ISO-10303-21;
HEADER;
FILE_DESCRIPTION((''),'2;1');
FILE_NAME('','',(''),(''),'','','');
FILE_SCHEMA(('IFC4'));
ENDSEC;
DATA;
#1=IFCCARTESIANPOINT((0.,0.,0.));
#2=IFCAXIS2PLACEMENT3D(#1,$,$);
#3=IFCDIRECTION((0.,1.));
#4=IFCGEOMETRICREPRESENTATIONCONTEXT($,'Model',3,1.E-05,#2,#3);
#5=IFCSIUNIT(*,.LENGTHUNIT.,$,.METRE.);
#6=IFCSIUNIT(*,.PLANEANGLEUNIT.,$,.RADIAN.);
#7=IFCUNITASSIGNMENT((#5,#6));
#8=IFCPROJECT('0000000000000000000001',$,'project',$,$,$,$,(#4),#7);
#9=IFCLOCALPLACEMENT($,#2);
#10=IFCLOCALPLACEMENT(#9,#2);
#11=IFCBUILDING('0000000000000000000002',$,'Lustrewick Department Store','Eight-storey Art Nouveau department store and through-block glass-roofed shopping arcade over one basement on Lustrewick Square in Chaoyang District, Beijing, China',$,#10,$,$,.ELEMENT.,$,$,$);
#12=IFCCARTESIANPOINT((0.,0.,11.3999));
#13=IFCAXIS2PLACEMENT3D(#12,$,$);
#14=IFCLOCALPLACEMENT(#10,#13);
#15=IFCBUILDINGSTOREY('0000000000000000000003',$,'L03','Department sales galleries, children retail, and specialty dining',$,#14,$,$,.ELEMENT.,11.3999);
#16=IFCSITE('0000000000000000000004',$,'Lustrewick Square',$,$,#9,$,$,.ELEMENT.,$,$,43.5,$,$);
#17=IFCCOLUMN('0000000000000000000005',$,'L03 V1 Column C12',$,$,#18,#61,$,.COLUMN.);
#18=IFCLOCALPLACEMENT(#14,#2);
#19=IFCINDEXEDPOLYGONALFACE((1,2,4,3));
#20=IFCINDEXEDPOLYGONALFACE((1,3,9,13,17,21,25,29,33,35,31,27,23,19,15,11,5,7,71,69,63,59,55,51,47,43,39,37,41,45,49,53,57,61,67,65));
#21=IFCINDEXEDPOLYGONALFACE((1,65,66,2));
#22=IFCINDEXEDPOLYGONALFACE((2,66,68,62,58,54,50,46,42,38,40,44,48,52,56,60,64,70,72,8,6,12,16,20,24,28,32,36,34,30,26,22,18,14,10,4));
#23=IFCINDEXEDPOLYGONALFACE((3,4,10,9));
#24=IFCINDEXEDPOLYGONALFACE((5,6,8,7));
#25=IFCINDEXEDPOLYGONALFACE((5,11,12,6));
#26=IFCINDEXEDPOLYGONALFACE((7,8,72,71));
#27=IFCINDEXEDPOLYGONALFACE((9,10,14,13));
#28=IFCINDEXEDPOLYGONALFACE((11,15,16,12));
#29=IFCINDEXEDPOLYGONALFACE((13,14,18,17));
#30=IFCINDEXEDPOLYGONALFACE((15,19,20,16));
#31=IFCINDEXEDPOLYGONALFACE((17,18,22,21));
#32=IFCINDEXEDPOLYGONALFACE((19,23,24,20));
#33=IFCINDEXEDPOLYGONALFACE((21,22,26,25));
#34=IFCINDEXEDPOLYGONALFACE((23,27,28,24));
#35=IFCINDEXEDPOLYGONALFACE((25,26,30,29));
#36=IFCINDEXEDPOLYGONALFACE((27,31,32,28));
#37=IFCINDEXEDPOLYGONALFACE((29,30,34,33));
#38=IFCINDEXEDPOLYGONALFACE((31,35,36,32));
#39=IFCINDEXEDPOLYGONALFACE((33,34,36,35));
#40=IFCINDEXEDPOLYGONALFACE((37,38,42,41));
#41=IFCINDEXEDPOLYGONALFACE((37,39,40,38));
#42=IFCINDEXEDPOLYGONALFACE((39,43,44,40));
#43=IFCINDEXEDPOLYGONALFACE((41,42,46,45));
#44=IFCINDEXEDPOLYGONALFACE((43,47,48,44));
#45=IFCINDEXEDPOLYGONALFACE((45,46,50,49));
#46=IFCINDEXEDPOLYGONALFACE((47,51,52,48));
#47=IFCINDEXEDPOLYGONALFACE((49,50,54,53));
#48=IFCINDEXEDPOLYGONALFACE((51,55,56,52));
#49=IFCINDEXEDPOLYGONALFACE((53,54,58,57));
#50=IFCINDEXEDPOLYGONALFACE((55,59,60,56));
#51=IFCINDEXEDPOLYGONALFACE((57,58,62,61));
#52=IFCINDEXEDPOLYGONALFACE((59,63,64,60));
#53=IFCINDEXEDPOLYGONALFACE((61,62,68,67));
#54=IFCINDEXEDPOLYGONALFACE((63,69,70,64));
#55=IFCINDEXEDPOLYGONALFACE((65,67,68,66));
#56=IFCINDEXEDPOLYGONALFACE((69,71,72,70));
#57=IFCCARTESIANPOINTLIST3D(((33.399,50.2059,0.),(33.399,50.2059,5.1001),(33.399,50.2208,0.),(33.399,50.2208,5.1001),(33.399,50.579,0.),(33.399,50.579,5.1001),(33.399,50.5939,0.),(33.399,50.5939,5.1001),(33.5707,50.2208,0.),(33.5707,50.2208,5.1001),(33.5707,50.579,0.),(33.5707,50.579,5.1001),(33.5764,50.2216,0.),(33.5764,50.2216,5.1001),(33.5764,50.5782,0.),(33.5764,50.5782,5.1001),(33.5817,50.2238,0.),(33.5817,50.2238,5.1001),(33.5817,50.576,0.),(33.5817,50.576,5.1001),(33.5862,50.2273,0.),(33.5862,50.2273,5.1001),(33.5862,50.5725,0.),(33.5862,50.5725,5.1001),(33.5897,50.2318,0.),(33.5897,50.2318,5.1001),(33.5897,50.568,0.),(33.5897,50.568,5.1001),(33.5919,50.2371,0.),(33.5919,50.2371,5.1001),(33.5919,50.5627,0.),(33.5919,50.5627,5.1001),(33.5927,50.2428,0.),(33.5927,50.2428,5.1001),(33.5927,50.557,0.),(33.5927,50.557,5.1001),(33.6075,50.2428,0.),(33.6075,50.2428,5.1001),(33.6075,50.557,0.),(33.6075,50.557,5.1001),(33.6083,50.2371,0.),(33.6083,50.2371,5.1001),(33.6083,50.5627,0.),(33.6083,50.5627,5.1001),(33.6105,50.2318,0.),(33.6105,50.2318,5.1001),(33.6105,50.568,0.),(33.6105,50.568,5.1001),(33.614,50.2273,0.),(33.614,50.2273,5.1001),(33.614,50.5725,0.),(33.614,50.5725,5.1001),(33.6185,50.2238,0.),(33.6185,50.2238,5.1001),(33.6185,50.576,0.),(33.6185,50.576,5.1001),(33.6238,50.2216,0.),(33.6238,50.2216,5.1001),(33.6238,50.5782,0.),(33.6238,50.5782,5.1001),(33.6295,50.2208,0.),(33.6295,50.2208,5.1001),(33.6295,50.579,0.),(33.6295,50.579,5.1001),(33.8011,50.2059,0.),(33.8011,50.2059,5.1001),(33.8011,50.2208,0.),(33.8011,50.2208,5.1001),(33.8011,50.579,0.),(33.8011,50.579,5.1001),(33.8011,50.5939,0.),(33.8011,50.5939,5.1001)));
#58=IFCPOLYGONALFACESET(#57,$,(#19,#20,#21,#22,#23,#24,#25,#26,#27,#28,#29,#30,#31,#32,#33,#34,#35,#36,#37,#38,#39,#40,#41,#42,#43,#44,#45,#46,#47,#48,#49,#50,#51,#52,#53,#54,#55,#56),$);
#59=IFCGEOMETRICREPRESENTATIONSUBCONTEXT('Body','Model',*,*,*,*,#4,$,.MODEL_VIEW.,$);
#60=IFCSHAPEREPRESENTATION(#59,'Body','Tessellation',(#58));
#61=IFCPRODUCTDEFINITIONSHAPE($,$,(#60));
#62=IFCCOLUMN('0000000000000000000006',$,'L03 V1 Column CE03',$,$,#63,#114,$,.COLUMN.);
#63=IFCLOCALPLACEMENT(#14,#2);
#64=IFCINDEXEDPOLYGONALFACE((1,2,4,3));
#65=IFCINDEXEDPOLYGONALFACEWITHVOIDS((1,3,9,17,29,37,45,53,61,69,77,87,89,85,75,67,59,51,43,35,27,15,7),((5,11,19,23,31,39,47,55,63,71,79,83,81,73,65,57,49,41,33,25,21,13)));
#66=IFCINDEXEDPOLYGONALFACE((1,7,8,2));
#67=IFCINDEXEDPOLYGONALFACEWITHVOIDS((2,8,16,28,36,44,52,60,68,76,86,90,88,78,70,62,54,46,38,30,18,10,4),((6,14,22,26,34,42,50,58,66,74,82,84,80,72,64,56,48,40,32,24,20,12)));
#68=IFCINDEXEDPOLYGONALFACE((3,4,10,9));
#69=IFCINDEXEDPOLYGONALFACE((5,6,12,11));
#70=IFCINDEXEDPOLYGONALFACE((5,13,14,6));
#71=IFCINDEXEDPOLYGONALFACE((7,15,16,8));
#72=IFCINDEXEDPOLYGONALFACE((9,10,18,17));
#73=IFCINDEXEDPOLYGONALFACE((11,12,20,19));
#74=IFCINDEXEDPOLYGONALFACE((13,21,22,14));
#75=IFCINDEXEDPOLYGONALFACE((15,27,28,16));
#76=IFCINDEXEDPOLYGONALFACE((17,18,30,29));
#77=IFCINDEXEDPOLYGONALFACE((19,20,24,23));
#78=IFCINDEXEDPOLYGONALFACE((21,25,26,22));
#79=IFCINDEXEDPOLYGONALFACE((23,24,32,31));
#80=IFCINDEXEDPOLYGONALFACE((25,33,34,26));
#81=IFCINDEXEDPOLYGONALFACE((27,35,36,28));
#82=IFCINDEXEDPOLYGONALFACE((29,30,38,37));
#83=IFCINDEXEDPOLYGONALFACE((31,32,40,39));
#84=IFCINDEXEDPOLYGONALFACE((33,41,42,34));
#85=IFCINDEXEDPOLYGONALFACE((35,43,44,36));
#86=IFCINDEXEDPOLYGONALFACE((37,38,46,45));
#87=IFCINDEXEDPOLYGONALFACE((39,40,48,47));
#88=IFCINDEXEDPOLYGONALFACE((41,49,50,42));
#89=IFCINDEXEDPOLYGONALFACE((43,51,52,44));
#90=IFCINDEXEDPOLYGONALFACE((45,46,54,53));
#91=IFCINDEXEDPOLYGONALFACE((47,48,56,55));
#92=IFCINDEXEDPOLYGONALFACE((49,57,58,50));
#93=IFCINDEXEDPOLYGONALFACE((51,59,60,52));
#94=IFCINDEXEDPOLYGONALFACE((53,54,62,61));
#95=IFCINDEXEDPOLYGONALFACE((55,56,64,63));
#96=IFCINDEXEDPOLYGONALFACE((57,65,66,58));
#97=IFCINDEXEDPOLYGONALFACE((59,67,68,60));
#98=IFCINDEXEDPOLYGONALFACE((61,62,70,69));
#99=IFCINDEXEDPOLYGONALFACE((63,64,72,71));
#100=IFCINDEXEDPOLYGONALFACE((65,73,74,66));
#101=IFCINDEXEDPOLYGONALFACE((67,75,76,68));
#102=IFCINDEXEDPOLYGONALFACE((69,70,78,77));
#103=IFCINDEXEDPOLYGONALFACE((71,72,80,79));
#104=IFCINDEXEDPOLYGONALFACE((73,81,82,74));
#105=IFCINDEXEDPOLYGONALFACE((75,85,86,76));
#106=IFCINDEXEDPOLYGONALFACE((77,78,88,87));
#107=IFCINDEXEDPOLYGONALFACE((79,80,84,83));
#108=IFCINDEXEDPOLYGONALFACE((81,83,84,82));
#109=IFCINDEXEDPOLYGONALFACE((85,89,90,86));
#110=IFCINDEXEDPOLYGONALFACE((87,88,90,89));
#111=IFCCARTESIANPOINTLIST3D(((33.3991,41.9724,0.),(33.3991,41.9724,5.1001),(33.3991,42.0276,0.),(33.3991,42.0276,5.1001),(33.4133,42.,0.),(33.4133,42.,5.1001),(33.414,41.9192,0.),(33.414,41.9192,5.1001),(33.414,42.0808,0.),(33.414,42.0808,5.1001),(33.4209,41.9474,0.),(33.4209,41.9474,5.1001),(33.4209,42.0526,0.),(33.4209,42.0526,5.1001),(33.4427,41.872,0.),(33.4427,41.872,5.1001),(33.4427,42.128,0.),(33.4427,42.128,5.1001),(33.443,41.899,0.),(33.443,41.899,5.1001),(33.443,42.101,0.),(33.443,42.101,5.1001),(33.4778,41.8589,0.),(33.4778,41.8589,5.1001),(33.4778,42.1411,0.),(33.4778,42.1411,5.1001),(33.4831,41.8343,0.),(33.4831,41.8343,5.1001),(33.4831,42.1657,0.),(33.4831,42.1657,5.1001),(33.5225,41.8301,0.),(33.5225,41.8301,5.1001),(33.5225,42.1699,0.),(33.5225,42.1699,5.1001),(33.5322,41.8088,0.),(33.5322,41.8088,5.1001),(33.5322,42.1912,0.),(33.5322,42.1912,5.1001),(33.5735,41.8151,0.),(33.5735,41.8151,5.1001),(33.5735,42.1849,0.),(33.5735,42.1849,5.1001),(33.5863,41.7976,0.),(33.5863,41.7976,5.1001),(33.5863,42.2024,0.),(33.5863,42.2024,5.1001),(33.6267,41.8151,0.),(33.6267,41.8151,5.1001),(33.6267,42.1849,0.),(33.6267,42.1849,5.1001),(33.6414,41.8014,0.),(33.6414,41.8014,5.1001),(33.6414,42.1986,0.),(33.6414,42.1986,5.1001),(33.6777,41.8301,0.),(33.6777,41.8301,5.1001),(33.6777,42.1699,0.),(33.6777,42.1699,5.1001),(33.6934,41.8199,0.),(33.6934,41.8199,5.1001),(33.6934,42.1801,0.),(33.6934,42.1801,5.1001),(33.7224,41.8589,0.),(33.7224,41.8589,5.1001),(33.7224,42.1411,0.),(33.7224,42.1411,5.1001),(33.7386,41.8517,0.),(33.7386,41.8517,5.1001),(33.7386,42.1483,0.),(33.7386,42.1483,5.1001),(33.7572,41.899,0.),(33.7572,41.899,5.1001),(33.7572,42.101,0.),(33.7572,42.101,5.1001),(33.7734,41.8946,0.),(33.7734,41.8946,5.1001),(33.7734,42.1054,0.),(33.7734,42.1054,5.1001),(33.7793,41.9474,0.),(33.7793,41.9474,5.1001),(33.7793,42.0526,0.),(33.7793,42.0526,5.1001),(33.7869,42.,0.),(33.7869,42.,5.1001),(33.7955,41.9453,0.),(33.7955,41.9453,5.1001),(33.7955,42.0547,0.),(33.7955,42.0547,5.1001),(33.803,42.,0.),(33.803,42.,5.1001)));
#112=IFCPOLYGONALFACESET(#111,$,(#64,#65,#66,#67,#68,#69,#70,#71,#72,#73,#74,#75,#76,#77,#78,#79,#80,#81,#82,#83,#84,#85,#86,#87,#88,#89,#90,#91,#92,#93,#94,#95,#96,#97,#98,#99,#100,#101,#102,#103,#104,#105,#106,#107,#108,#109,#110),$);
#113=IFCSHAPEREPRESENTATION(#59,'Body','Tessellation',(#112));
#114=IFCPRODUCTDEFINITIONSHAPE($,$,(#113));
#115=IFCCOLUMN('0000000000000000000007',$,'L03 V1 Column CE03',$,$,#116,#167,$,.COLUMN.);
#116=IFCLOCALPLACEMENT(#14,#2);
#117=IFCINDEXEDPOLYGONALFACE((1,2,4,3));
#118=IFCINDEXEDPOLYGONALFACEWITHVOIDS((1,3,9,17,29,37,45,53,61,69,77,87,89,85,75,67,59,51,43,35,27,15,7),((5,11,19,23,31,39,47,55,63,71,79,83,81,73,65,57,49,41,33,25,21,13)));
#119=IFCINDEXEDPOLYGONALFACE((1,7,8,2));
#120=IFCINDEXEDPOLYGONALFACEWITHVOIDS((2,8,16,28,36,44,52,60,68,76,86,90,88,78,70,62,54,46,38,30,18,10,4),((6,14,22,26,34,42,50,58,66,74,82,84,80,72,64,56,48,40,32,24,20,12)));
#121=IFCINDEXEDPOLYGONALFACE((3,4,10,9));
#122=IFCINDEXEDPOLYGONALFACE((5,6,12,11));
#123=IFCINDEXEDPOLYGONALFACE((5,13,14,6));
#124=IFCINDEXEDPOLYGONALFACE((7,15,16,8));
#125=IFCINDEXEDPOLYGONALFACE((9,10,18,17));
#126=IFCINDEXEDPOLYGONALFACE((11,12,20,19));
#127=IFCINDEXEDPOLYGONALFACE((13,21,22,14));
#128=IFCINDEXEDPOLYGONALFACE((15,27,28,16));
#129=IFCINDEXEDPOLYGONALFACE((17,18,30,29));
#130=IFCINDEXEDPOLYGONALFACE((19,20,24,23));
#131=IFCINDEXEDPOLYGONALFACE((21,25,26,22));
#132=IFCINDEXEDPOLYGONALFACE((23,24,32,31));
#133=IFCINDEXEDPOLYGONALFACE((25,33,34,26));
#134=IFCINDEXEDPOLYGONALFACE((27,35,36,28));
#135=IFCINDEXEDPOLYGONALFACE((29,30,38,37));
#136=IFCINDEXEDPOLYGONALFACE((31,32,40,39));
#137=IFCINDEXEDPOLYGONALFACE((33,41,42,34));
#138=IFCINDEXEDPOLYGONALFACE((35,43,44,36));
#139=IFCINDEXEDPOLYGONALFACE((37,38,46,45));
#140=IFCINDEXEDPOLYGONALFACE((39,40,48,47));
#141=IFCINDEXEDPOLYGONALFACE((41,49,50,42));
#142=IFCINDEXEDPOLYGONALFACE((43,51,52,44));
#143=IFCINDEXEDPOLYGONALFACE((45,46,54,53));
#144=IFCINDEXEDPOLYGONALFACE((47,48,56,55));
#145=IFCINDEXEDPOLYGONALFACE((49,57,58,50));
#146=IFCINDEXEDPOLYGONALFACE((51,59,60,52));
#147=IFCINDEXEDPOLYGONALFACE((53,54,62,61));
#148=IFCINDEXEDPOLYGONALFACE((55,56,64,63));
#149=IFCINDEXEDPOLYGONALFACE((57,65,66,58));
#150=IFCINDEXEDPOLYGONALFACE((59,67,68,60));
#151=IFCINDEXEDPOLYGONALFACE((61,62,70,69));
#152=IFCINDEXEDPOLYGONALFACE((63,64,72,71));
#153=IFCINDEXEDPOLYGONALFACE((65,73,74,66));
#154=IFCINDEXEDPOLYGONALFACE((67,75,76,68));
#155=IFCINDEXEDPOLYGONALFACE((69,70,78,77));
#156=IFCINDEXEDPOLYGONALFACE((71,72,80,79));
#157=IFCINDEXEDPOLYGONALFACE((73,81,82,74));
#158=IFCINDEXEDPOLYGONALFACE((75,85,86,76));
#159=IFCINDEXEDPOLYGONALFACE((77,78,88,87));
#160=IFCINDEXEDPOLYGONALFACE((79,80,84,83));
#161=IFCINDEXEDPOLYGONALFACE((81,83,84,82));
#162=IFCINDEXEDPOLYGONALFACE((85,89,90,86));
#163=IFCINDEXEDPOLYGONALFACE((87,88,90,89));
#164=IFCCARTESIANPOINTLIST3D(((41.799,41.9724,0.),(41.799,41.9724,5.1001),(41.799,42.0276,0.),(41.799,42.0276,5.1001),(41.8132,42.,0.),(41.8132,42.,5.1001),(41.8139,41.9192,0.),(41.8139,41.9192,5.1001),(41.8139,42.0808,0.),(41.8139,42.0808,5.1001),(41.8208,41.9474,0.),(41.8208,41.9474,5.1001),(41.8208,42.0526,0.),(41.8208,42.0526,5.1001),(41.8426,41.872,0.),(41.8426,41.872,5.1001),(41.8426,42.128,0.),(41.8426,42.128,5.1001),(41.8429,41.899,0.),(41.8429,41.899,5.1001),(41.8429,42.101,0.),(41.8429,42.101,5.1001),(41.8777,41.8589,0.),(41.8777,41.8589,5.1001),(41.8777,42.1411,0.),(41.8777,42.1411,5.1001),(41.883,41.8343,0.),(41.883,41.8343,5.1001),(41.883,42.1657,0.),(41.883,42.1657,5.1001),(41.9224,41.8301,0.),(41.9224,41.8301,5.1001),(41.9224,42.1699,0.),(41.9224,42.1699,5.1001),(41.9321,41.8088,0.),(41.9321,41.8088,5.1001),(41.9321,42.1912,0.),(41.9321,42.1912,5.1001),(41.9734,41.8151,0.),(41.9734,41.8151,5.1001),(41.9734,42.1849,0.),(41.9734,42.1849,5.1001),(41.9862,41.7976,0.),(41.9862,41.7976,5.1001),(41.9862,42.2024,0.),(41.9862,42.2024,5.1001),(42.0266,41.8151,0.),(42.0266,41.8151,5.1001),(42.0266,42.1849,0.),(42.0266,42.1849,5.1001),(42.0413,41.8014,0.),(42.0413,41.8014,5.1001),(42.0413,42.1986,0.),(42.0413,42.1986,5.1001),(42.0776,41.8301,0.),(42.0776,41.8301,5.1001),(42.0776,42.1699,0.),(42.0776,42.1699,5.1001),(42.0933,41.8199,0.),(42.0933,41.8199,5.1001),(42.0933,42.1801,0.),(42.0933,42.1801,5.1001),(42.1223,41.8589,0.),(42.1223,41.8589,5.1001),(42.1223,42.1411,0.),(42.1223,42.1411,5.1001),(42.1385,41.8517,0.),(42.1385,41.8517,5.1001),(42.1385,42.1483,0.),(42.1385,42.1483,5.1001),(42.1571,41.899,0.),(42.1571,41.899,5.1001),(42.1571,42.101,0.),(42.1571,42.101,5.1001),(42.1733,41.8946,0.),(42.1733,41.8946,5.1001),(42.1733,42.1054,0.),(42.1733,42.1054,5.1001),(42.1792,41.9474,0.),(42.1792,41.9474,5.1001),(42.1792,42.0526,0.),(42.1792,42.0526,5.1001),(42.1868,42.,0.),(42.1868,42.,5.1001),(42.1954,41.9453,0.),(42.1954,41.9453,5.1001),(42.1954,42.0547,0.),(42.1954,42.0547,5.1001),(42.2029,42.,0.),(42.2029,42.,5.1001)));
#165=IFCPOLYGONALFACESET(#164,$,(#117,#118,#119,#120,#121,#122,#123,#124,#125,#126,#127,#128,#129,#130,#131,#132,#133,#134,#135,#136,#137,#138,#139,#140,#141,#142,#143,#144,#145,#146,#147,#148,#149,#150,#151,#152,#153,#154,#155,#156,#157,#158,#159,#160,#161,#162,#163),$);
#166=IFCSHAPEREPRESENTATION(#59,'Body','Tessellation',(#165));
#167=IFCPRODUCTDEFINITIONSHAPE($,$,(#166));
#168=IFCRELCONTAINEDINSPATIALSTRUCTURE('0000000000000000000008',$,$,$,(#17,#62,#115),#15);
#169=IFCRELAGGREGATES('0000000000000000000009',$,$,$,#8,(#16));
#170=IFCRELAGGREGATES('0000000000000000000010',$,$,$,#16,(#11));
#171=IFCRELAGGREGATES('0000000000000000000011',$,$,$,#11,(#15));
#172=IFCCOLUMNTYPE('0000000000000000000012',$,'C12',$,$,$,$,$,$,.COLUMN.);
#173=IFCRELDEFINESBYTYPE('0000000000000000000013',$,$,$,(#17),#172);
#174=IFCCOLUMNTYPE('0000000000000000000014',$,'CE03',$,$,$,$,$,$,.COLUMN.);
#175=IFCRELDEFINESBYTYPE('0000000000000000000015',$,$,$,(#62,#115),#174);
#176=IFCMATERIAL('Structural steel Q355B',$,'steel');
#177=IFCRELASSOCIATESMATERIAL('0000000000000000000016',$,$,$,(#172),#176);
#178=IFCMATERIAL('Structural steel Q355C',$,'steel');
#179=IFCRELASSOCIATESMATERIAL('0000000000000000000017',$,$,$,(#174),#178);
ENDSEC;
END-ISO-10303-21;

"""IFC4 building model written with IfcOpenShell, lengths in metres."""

from ifc_helpers import new_model, si_unit, direction, frame, origin, origin_2d, place, context, subcontext, project, spatial, hollow_circle, i_section, extrude, material, material_profile, profile_set, type_object, element, save


model = new_model("IFC4")

# Units and contexts
model_context = context("Model", 3, precision=1e-05, world=origin(), true_north=direction((0.0, 1.0)))
body_context = subcontext(model_context, "Body", "Model", "MODEL_VIEW")
ifc_project = project(units=[si_unit("LENGTHUNIT", "METRE"), si_unit("PLANEANGLEUNIT", "RADIAN")], contexts=[model_context])

# Site, building, storey
site_placement = place(None, origin())
site = spatial("IfcSite", under=ifc_project, at=site_placement, Name="Lustrewick Square", CompositionType="ELEMENT", RefElevation=43.5)
building_placement = place(site_placement, origin())
building = spatial("IfcBuilding", under=site, at=building_placement, Name="Lustrewick Department Store", Description="Eight-storey Art Nouveau department store and through-block glass-roofed shopping arcade over one basement on Lustrewick Square in Chaoyang District, Beijing, China", CompositionType="ELEMENT")
storey_placement = place(building_placement, frame((0.0, 0.0, 11.3999)))
storey = spatial("IfcBuildingStorey", under=building, at=storey_placement, Name="L03", Description="Department sales galleries, children retail, and specialty dining", CompositionType="ELEMENT", Elevation=11.3999)

# Columns
ifc_material_1 = material(Name="Structural steel Q355B", Category="steel")
ifc_material_profile_1 = material_profile(ifc_material_1, i_section(OverallWidth=0.4021, OverallDepth=0.3879, WebThickness=0.0149, FlangeThickness=0.0149, FilletRadius=0.022, at=origin_2d()), Name="HW 388x402x15x15")
ifc_profile_set_1 = profile_set([ifc_material_profile_1], Name="Structural steel Q355B")
column_type_1 = type_object("IfcColumnType", Name="C12", PredefinedType="COLUMN", material=ifc_profile_set_1)
column_placement = place(storey_placement, frame((33.6001, 50.3999, 0.0), z_axis=(0.0, 0.0, 1.0), x_axis=(1.0, 0.0, 0.0)))
element("IfcColumn", 1, at=column_placement, inside=storey, type_object=column_type_1, Name="L03 V1 Column C12", PredefinedType="COLUMN", context=body_context, shape_type="SweptSolid", body=[
    extrude(i_section(OverallWidth=0.4021, OverallDepth=0.3879, WebThickness=0.0149, FlangeThickness=0.0149, FilletRadius=0.022, at=origin_2d()), origin(), (0.0, 0.0, 1.0), 5.1001),
])
ifc_material_2 = material(Name="Structural steel Q355C", Category="steel")
ifc_material_profile_2 = material_profile(ifc_material_2, hollow_circle(Radius=0.2029, WallThickness=0.0161, at=origin_2d()), Name="CHS 406x16")
ifc_profile_set_2 = profile_set([ifc_material_profile_2], Name="Structural steel Q355C")
column_type_2 = type_object("IfcColumnType", Name="CE03", PredefinedType="COLUMN", material=ifc_profile_set_2)
for number, where, z_axis, x_axis, name in (
    (2, (33.6001, 42.0, 0.0), (0.0, 0.0, 1.0), (1.0, 0.0, 0.0), "L03 V1 Column CE03"),
    (3, (42.0, 42.0, 0.0), (0.0, 0.0, 1.0), (1.0, 0.0, 0.0), "L03 V1 Column CE03"),
):
    element("IfcColumn", number, at=place(storey_placement, frame(where, z_axis=z_axis, x_axis=x_axis)), inside=storey, type_object=column_type_2, Name=name, PredefinedType="COLUMN", context=body_context, shape_type="SweptSolid", body=[
        extrude(hollow_circle(Radius=0.2029, WallThickness=0.0161, at=origin_2d()), origin(), (0.0, 0.0, 1.0), 5.1001),
    ])

save(model, "model.ifc")
